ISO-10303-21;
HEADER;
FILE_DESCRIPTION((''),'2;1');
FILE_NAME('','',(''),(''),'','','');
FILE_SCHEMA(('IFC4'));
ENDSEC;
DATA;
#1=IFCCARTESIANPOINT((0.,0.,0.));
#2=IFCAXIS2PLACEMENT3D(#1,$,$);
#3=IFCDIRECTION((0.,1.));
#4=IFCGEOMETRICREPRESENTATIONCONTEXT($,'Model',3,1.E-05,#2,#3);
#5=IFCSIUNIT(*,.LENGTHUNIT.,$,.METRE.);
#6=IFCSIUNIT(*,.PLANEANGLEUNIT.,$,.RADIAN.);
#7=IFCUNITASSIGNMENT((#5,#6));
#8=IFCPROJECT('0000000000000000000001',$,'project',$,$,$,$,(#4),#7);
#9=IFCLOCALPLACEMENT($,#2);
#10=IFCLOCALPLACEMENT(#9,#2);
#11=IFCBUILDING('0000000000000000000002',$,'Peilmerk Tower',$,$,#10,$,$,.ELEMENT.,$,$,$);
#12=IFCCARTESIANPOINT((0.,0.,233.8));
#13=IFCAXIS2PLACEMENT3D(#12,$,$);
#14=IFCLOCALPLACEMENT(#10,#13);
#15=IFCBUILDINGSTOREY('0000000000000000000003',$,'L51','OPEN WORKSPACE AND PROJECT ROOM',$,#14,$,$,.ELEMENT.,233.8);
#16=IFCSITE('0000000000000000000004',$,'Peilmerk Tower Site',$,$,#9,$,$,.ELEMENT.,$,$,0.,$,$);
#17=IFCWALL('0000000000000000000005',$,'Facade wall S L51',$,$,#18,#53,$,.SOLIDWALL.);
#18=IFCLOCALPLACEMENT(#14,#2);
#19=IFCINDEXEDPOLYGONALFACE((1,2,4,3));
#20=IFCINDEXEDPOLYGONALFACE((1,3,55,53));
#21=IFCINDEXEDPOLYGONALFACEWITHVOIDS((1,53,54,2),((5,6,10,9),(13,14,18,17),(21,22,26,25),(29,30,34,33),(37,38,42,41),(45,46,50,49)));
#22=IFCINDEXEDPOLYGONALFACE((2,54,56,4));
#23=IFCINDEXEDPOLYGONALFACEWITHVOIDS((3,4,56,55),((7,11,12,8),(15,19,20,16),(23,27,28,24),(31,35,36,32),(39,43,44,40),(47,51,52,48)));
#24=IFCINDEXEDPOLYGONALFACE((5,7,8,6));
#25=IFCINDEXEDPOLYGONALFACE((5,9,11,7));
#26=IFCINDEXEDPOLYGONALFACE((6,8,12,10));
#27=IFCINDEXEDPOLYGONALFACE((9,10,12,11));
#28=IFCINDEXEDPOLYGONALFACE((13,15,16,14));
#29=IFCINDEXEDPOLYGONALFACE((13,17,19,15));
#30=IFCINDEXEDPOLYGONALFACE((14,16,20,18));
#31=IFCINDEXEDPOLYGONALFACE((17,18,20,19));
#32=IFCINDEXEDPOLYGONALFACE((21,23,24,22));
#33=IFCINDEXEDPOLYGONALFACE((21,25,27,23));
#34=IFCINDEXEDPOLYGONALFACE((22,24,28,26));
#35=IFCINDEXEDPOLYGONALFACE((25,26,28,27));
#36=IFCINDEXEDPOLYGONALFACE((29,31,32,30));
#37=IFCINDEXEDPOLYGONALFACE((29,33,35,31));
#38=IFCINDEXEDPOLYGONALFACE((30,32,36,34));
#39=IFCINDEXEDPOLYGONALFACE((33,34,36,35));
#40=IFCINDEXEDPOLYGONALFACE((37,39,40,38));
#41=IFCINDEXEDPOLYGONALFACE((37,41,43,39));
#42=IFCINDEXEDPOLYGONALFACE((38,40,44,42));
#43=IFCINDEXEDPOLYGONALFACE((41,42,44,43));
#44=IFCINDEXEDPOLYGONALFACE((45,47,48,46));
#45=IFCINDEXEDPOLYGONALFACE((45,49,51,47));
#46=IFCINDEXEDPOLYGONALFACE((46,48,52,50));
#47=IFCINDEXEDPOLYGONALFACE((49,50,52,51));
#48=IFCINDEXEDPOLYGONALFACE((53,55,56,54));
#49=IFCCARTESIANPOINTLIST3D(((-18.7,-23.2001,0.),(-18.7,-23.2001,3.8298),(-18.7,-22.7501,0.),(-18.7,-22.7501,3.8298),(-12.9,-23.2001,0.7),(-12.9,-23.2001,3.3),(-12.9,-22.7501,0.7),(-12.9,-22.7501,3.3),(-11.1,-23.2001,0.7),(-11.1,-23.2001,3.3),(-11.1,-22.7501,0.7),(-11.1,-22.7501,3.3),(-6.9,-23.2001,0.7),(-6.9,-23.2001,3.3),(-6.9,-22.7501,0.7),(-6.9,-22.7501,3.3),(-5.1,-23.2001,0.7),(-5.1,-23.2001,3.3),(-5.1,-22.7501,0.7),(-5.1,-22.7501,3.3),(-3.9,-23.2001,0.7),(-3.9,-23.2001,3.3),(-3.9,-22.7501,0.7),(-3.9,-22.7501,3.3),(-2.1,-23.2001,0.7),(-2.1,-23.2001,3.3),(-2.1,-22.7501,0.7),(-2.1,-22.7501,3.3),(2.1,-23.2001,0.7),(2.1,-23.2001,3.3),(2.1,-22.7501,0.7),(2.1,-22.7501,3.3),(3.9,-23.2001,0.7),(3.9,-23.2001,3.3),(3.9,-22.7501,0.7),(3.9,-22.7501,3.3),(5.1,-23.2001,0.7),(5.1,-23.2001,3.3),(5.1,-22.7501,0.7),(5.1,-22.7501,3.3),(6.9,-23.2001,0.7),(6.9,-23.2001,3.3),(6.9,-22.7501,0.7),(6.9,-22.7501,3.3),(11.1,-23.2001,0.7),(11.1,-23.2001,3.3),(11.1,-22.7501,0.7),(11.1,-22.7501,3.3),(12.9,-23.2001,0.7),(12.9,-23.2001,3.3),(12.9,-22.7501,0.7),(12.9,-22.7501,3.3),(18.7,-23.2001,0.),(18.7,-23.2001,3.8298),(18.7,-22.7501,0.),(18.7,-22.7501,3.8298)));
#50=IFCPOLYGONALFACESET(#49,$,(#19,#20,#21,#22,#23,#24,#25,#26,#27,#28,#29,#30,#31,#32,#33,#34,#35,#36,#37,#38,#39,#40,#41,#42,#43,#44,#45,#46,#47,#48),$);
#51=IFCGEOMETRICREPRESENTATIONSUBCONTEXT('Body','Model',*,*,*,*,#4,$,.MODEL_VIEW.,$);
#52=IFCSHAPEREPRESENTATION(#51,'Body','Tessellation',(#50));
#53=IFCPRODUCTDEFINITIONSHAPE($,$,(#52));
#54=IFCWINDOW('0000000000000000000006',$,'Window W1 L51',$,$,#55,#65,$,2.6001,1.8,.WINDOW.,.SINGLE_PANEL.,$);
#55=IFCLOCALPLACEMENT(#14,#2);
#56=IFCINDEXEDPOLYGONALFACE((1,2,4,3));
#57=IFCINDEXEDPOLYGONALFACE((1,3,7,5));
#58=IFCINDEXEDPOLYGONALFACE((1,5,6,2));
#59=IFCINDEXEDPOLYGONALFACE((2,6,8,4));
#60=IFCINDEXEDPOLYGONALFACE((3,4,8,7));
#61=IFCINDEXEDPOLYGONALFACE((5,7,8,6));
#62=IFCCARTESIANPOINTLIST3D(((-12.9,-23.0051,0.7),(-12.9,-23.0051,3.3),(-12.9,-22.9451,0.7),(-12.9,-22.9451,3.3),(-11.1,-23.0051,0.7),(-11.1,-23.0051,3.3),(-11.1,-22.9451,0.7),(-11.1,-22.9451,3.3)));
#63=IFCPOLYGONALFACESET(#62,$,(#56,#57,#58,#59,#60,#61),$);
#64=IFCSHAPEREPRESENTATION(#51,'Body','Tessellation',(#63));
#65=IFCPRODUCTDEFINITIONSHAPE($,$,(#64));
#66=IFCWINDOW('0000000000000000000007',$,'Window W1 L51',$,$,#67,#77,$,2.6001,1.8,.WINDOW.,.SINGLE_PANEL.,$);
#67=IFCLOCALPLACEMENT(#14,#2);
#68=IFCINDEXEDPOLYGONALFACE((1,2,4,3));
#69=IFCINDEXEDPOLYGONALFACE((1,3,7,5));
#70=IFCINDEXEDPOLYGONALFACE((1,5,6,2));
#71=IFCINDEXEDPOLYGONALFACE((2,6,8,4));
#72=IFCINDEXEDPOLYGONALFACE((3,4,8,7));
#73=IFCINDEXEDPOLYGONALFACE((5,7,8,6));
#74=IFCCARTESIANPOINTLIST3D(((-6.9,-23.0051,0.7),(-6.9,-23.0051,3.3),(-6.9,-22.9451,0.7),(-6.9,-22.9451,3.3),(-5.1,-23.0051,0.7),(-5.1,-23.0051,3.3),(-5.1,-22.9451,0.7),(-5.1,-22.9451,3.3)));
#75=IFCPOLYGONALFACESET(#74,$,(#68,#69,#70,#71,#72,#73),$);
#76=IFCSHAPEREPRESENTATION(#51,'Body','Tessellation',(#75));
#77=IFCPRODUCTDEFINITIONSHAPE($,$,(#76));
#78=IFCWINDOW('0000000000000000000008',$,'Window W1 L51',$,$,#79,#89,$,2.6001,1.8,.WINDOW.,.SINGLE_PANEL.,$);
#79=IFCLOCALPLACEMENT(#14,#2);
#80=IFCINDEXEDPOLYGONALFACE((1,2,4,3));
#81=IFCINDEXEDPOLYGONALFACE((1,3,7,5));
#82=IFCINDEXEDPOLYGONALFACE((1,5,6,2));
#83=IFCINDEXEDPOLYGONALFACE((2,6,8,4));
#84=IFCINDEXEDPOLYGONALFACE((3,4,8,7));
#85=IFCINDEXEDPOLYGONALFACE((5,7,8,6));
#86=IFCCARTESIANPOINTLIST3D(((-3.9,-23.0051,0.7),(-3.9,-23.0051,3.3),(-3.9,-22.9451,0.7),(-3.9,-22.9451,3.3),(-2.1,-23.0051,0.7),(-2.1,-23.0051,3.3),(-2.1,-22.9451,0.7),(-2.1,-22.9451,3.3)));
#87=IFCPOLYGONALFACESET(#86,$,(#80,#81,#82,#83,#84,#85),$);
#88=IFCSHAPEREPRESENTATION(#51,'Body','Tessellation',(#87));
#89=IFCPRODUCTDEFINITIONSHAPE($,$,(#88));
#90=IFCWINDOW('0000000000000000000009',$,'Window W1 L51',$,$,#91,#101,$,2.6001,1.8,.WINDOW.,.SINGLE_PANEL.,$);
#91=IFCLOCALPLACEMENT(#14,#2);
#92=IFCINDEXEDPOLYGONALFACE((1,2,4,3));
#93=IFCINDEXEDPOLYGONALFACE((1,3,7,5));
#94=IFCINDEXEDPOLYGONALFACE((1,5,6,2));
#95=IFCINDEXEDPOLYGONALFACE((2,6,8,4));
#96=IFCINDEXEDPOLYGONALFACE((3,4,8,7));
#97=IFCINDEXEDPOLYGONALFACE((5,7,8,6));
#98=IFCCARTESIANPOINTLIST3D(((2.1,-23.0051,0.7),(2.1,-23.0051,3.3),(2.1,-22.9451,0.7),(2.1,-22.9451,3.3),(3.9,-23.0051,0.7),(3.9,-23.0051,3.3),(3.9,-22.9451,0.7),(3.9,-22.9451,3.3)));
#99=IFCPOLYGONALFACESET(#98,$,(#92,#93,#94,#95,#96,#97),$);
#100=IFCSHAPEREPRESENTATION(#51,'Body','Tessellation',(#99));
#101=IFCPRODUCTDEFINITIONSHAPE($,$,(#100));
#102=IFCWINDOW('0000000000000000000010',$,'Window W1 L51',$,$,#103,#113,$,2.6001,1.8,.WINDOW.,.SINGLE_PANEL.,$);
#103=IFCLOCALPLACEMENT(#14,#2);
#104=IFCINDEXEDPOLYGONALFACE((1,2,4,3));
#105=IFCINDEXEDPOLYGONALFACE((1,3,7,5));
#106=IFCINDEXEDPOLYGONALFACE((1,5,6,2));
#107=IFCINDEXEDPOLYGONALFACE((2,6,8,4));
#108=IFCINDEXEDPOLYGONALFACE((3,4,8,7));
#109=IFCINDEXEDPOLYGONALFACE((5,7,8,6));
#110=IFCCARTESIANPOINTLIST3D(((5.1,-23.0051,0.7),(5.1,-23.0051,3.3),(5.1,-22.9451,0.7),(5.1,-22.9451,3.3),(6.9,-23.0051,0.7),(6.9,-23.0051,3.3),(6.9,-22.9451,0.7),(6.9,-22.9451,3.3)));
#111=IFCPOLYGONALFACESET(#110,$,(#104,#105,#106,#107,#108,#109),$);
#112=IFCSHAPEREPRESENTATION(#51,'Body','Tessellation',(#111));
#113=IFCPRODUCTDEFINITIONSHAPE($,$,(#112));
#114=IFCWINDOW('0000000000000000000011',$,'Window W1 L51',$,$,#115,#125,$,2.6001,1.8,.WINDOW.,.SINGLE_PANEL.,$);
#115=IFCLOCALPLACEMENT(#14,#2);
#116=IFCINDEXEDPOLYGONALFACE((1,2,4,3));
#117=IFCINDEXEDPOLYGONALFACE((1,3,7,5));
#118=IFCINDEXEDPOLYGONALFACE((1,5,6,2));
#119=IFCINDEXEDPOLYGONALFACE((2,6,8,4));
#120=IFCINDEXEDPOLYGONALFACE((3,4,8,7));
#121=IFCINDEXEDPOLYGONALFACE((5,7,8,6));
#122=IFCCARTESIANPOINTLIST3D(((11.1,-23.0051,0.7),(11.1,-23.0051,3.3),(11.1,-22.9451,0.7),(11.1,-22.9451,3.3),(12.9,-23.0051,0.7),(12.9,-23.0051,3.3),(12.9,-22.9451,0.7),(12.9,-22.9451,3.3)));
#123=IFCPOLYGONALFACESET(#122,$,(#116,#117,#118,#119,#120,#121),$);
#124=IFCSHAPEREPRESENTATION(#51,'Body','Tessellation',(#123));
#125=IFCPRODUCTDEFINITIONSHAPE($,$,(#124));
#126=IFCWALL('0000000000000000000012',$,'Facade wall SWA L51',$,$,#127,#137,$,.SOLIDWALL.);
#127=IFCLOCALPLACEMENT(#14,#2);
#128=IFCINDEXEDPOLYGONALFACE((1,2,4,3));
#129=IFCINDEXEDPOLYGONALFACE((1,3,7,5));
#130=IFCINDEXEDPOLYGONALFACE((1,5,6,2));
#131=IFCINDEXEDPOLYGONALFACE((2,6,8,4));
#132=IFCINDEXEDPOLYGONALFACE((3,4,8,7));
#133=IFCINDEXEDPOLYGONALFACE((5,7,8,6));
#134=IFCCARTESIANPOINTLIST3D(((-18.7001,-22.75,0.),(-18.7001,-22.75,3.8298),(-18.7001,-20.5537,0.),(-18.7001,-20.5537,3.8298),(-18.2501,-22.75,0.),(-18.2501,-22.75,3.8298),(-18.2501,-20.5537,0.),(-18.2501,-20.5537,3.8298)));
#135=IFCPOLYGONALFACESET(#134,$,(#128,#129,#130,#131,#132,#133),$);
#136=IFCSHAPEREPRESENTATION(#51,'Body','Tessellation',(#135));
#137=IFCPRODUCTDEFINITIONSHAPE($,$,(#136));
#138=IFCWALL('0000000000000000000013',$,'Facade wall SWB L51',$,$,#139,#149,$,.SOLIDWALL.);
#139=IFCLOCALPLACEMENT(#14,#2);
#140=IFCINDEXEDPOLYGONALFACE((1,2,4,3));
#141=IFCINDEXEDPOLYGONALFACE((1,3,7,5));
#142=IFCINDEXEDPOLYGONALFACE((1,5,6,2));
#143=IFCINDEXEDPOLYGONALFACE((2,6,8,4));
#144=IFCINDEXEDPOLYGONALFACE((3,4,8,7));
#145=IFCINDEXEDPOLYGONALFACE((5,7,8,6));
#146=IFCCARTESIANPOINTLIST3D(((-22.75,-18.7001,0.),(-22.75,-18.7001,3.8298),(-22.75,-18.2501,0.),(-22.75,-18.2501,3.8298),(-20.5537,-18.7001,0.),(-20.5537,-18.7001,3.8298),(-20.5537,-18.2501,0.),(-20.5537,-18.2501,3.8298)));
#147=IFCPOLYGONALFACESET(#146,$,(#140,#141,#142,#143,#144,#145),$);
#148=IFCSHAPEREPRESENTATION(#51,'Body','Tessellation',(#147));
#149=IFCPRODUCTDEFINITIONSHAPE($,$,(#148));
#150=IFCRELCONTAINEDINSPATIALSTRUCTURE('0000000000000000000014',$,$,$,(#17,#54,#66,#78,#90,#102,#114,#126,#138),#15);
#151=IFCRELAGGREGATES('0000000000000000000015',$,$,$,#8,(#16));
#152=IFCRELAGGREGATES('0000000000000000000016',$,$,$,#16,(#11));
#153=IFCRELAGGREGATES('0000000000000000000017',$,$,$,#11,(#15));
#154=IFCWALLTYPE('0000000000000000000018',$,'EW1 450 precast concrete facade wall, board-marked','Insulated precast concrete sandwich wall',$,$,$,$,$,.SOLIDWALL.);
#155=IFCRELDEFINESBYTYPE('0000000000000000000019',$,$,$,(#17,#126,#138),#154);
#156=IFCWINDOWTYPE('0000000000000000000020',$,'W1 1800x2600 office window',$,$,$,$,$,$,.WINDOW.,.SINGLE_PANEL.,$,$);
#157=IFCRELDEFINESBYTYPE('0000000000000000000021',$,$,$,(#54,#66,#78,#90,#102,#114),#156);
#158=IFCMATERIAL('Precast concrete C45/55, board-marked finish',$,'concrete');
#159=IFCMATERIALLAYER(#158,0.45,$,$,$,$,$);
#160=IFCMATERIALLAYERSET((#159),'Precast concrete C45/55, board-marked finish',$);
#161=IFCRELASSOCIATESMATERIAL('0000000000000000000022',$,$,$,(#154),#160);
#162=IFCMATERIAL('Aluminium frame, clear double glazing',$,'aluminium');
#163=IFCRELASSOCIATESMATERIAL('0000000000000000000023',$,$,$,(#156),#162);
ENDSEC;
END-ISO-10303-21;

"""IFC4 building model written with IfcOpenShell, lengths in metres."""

from ifc_helpers import new_model, si_unit, direction, frame, frame_2d, origin, place, context, subcontext, project, spatial, rectangle, extrude, material, layer, layer_set, type_object, element, fill, save


model = new_model("IFC4")

# Units and contexts
model_context = context("Model", 3, precision=1e-05, world=origin(), true_north=direction((0.0, 1.0)))
body_context = subcontext(model_context, "Body", "Model", "MODEL_VIEW")
ifc_project = project(units=[si_unit("LENGTHUNIT", "METRE"), si_unit("PLANEANGLEUNIT", "RADIAN")], contexts=[model_context])

# Site, building, storey
site_placement = place(None, origin())
site = spatial("IfcSite", under=ifc_project, at=site_placement, Name="Peilmerk Tower Site", CompositionType="ELEMENT", RefElevation=0.0)
building_placement = place(site_placement, origin())
building = spatial("IfcBuilding", under=site, at=building_placement, Name="Peilmerk Tower", CompositionType="ELEMENT")
storey_placement = place(building_placement, frame((0.0, 0.0, 233.8)))
storey = spatial("IfcBuildingStorey", under=building, at=storey_placement, Name="L51", Description="OPEN WORKSPACE AND PROJECT ROOM", CompositionType="ELEMENT", Elevation=233.8)

# Wall, openings, windows
ifc_material_1 = material(Name="Precast concrete C45/55, board-marked finish", Category="concrete")
ifc_layer_1 = layer(ifc_material_1, 0.45)
ifc_layer_set_1 = layer_set([ifc_layer_1], Name="Precast concrete C45/55, board-marked finish")
wall_type = type_object("IfcWallType", Name="EW1 450 precast concrete facade wall, board-marked", Description="Insulated precast concrete sandwich wall", PredefinedType="SOLIDWALL", material=ifc_layer_set_1)
wall_placement = place(storey_placement, frame((-18.7, -22.9751, 0.0), z_axis=(0.0, 0.0, 1.0), x_axis=(1.0, 0.0, 0.0)))
wall = element("IfcWall", 1, at=wall_placement, inside=storey, type_object=wall_type, Name="Facade wall S L51", PredefinedType="SOLIDWALL", context=body_context, shape_type="SweptSolid", body=[
    extrude(rectangle(XDim=37.3999, YDim=0.45, at=frame_2d((18.7, 0.0))), origin(), (0.0, 0.0, 1.0), 3.8298),
])
opening_1_placement = place(wall_placement, frame((5.8, 0.0, 0.7)))
opening_1 = element("IfcOpeningElement", 2, at=opening_1_placement, cuts=wall, PredefinedType="OPENING", context=body_context, shape_type="SweptSolid", body=[
    extrude(rectangle(XDim=1.8, YDim=2.6001, at=frame_2d((0.8999, 1.3))), frame((0.0, 0.2349, 0.0), z_axis=(0.0, -1.0, 0.0), x_axis=(1.0, 0.0, 0.0)), (0.0, 0.0, 1.0), 0.47),
])
opening_2_placement = place(wall_placement, frame((11.8, 0.0, 0.7)))
opening_2 = element("IfcOpeningElement", 3, at=opening_2_placement, cuts=wall, PredefinedType="OPENING", context=body_context, shape_type="SweptSolid", body=[
    extrude(rectangle(XDim=1.8, YDim=2.6001, at=frame_2d((0.8999, 1.3))), frame((0.0, 0.2349, 0.0), z_axis=(0.0, -1.0, 0.0), x_axis=(1.0, 0.0, 0.0)), (0.0, 0.0, 1.0), 0.47),
])
opening_3_placement = place(wall_placement, frame((14.8, 0.0, 0.7)))
opening_3 = element("IfcOpeningElement", 4, at=opening_3_placement, cuts=wall, PredefinedType="OPENING", context=body_context, shape_type="SweptSolid", body=[
    extrude(rectangle(XDim=1.8, YDim=2.6001, at=frame_2d((0.8999, 1.3))), frame((0.0, 0.2349, 0.0), z_axis=(0.0, -1.0, 0.0), x_axis=(1.0, 0.0, 0.0)), (0.0, 0.0, 1.0), 0.47),
])
opening_4_placement = place(wall_placement, frame((20.8, 0.0, 0.7)))
opening_4 = element("IfcOpeningElement", 5, at=opening_4_placement, cuts=wall, PredefinedType="OPENING", context=body_context, shape_type="SweptSolid", body=[
    extrude(rectangle(XDim=1.8, YDim=2.6001, at=frame_2d((0.8999, 1.3))), frame((0.0, 0.2349, 0.0), z_axis=(0.0, -1.0, 0.0), x_axis=(1.0, 0.0, 0.0)), (0.0, 0.0, 1.0), 0.47),
])
opening_5_placement = place(wall_placement, frame((23.8, 0.0, 0.7)))
opening_5 = element("IfcOpeningElement", 6, at=opening_5_placement, cuts=wall, PredefinedType="OPENING", context=body_context, shape_type="SweptSolid", body=[
    extrude(rectangle(XDim=1.8, YDim=2.6001, at=frame_2d((0.8999, 1.3))), frame((0.0, 0.2349, 0.0), z_axis=(0.0, -1.0, 0.0), x_axis=(1.0, 0.0, 0.0)), (0.0, 0.0, 1.0), 0.47),
])
opening_6_placement = place(wall_placement, frame((29.8, 0.0, 0.7)))
opening_6 = element("IfcOpeningElement", 7, at=opening_6_placement, cuts=wall, PredefinedType="OPENING", context=body_context, shape_type="SweptSolid", body=[
    extrude(rectangle(XDim=1.8, YDim=2.6001, at=frame_2d((0.8999, 1.3))), frame((0.0, 0.2349, 0.0), z_axis=(0.0, -1.0, 0.0), x_axis=(1.0, 0.0, 0.0)), (0.0, 0.0, 1.0), 0.47),
])
ifc_material_2 = material(Name="Aluminium frame, clear double glazing", Category="aluminium")
window_type = type_object("IfcWindowType", Name="W1 1800x2600 office window", PartitioningType="SINGLE_PANEL", PredefinedType="WINDOW", material=ifc_material_2)
window_1_placement = place(opening_1_placement, origin())
window_1 = element("IfcWindow", 8, at=window_1_placement, inside=storey, type_object=window_type, Name="Window W1 L51", OverallHeight=2.6001, OverallWidth=1.8, PartitioningType="SINGLE_PANEL", PredefinedType="WINDOW", context=body_context, shape_type="SweptSolid", body=[
    extrude(rectangle(XDim=1.8, YDim=2.6001, at=frame_2d((0.8999, 1.3))), frame((0.0, 0.03, 0.0), z_axis=(0.0, -1.0, 0.0), x_axis=(1.0, 0.0, 0.0)), (0.0, 0.0, 1.0), 0.0601),
])
fill(opening_1, window_1)
window_2_placement = place(opening_2_placement, origin())
window_2 = element("IfcWindow", 9, at=window_2_placement, inside=storey, type_object=window_type, Name="Window W1 L51", OverallHeight=2.6001, OverallWidth=1.8, PartitioningType="SINGLE_PANEL", PredefinedType="WINDOW", context=body_context, shape_type="SweptSolid", body=[
    extrude(rectangle(XDim=1.8, YDim=2.6001, at=frame_2d((0.8999, 1.3))), frame((0.0, 0.03, 0.0), z_axis=(0.0, -1.0, 0.0), x_axis=(1.0, 0.0, 0.0)), (0.0, 0.0, 1.0), 0.0601),
])
fill(opening_2, window_2)
window_3_placement = place(opening_3_placement, origin())
window_3 = element("IfcWindow", 10, at=window_3_placement, inside=storey, type_object=window_type, Name="Window W1 L51", OverallHeight=2.6001, OverallWidth=1.8, PartitioningType="SINGLE_PANEL", PredefinedType="WINDOW", context=body_context, shape_type="SweptSolid", body=[
    extrude(rectangle(XDim=1.8, YDim=2.6001, at=frame_2d((0.8999, 1.3))), frame((0.0, 0.03, 0.0), z_axis=(0.0, -1.0, 0.0), x_axis=(1.0, 0.0, 0.0)), (0.0, 0.0, 1.0), 0.0601),
])
fill(opening_3, window_3)
window_4_placement = place(opening_4_placement, origin())
window_4 = element("IfcWindow", 11, at=window_4_placement, inside=storey, type_object=window_type, Name="Window W1 L51", OverallHeight=2.6001, OverallWidth=1.8, PartitioningType="SINGLE_PANEL", PredefinedType="WINDOW", context=body_context, shape_type="SweptSolid", body=[
    extrude(rectangle(XDim=1.8, YDim=2.6001, at=frame_2d((0.8999, 1.3))), frame((0.0, 0.03, 0.0), z_axis=(0.0, -1.0, 0.0), x_axis=(1.0, 0.0, 0.0)), (0.0, 0.0, 1.0), 0.0601),
])
fill(opening_4, window_4)
window_5_placement = place(opening_5_placement, origin())
window_5 = element("IfcWindow", 12, at=window_5_placement, inside=storey, type_object=window_type, Name="Window W1 L51", OverallHeight=2.6001, OverallWidth=1.8, PartitioningType="SINGLE_PANEL", PredefinedType="WINDOW", context=body_context, shape_type="SweptSolid", body=[
    extrude(rectangle(XDim=1.8, YDim=2.6001, at=frame_2d((0.8999, 1.3))), frame((0.0, 0.03, 0.0), z_axis=(0.0, -1.0, 0.0), x_axis=(1.0, 0.0, 0.0)), (0.0, 0.0, 1.0), 0.0601),
])
fill(opening_5, window_5)
window_6_placement = place(opening_6_placement, origin())
window_6 = element("IfcWindow", 13, at=window_6_placement, inside=storey, type_object=window_type, Name="Window W1 L51", OverallHeight=2.6001, OverallWidth=1.8, PartitioningType="SINGLE_PANEL", PredefinedType="WINDOW", context=body_context, shape_type="SweptSolid", body=[
    extrude(rectangle(XDim=1.8, YDim=2.6001, at=frame_2d((0.8999, 1.3))), frame((0.0, 0.03, 0.0), z_axis=(0.0, -1.0, 0.0), x_axis=(1.0, 0.0, 0.0)), (0.0, 0.0, 1.0), 0.0601),
])
fill(opening_6, window_6)

# Walls
for number, where, z_axis, x_axis, name in (
    (14, (-18.4751, -20.5537, 0.0), (0.0, 0.0, 1.0), (0.0, -1.0, 0.0), "Facade wall SWA L51"),
    (15, (-20.5537, -18.4751, 0.0), (0.0, 0.0, 1.0), (-1.0, 0.0, 0.0), "Facade wall SWB L51"),
):
    element("IfcWall", number, at=place(storey_placement, frame(where, z_axis=z_axis, x_axis=x_axis)), inside=storey, type_object=wall_type, Name=name, PredefinedType="SOLIDWALL", context=body_context, shape_type="SweptSolid", body=[
        extrude(rectangle(XDim=2.1963, YDim=0.45, at=frame_2d((1.0981, 0.0))), origin(), (0.0, 0.0, 1.0), 3.8298),
    ])

save(model, "model.ifc")
